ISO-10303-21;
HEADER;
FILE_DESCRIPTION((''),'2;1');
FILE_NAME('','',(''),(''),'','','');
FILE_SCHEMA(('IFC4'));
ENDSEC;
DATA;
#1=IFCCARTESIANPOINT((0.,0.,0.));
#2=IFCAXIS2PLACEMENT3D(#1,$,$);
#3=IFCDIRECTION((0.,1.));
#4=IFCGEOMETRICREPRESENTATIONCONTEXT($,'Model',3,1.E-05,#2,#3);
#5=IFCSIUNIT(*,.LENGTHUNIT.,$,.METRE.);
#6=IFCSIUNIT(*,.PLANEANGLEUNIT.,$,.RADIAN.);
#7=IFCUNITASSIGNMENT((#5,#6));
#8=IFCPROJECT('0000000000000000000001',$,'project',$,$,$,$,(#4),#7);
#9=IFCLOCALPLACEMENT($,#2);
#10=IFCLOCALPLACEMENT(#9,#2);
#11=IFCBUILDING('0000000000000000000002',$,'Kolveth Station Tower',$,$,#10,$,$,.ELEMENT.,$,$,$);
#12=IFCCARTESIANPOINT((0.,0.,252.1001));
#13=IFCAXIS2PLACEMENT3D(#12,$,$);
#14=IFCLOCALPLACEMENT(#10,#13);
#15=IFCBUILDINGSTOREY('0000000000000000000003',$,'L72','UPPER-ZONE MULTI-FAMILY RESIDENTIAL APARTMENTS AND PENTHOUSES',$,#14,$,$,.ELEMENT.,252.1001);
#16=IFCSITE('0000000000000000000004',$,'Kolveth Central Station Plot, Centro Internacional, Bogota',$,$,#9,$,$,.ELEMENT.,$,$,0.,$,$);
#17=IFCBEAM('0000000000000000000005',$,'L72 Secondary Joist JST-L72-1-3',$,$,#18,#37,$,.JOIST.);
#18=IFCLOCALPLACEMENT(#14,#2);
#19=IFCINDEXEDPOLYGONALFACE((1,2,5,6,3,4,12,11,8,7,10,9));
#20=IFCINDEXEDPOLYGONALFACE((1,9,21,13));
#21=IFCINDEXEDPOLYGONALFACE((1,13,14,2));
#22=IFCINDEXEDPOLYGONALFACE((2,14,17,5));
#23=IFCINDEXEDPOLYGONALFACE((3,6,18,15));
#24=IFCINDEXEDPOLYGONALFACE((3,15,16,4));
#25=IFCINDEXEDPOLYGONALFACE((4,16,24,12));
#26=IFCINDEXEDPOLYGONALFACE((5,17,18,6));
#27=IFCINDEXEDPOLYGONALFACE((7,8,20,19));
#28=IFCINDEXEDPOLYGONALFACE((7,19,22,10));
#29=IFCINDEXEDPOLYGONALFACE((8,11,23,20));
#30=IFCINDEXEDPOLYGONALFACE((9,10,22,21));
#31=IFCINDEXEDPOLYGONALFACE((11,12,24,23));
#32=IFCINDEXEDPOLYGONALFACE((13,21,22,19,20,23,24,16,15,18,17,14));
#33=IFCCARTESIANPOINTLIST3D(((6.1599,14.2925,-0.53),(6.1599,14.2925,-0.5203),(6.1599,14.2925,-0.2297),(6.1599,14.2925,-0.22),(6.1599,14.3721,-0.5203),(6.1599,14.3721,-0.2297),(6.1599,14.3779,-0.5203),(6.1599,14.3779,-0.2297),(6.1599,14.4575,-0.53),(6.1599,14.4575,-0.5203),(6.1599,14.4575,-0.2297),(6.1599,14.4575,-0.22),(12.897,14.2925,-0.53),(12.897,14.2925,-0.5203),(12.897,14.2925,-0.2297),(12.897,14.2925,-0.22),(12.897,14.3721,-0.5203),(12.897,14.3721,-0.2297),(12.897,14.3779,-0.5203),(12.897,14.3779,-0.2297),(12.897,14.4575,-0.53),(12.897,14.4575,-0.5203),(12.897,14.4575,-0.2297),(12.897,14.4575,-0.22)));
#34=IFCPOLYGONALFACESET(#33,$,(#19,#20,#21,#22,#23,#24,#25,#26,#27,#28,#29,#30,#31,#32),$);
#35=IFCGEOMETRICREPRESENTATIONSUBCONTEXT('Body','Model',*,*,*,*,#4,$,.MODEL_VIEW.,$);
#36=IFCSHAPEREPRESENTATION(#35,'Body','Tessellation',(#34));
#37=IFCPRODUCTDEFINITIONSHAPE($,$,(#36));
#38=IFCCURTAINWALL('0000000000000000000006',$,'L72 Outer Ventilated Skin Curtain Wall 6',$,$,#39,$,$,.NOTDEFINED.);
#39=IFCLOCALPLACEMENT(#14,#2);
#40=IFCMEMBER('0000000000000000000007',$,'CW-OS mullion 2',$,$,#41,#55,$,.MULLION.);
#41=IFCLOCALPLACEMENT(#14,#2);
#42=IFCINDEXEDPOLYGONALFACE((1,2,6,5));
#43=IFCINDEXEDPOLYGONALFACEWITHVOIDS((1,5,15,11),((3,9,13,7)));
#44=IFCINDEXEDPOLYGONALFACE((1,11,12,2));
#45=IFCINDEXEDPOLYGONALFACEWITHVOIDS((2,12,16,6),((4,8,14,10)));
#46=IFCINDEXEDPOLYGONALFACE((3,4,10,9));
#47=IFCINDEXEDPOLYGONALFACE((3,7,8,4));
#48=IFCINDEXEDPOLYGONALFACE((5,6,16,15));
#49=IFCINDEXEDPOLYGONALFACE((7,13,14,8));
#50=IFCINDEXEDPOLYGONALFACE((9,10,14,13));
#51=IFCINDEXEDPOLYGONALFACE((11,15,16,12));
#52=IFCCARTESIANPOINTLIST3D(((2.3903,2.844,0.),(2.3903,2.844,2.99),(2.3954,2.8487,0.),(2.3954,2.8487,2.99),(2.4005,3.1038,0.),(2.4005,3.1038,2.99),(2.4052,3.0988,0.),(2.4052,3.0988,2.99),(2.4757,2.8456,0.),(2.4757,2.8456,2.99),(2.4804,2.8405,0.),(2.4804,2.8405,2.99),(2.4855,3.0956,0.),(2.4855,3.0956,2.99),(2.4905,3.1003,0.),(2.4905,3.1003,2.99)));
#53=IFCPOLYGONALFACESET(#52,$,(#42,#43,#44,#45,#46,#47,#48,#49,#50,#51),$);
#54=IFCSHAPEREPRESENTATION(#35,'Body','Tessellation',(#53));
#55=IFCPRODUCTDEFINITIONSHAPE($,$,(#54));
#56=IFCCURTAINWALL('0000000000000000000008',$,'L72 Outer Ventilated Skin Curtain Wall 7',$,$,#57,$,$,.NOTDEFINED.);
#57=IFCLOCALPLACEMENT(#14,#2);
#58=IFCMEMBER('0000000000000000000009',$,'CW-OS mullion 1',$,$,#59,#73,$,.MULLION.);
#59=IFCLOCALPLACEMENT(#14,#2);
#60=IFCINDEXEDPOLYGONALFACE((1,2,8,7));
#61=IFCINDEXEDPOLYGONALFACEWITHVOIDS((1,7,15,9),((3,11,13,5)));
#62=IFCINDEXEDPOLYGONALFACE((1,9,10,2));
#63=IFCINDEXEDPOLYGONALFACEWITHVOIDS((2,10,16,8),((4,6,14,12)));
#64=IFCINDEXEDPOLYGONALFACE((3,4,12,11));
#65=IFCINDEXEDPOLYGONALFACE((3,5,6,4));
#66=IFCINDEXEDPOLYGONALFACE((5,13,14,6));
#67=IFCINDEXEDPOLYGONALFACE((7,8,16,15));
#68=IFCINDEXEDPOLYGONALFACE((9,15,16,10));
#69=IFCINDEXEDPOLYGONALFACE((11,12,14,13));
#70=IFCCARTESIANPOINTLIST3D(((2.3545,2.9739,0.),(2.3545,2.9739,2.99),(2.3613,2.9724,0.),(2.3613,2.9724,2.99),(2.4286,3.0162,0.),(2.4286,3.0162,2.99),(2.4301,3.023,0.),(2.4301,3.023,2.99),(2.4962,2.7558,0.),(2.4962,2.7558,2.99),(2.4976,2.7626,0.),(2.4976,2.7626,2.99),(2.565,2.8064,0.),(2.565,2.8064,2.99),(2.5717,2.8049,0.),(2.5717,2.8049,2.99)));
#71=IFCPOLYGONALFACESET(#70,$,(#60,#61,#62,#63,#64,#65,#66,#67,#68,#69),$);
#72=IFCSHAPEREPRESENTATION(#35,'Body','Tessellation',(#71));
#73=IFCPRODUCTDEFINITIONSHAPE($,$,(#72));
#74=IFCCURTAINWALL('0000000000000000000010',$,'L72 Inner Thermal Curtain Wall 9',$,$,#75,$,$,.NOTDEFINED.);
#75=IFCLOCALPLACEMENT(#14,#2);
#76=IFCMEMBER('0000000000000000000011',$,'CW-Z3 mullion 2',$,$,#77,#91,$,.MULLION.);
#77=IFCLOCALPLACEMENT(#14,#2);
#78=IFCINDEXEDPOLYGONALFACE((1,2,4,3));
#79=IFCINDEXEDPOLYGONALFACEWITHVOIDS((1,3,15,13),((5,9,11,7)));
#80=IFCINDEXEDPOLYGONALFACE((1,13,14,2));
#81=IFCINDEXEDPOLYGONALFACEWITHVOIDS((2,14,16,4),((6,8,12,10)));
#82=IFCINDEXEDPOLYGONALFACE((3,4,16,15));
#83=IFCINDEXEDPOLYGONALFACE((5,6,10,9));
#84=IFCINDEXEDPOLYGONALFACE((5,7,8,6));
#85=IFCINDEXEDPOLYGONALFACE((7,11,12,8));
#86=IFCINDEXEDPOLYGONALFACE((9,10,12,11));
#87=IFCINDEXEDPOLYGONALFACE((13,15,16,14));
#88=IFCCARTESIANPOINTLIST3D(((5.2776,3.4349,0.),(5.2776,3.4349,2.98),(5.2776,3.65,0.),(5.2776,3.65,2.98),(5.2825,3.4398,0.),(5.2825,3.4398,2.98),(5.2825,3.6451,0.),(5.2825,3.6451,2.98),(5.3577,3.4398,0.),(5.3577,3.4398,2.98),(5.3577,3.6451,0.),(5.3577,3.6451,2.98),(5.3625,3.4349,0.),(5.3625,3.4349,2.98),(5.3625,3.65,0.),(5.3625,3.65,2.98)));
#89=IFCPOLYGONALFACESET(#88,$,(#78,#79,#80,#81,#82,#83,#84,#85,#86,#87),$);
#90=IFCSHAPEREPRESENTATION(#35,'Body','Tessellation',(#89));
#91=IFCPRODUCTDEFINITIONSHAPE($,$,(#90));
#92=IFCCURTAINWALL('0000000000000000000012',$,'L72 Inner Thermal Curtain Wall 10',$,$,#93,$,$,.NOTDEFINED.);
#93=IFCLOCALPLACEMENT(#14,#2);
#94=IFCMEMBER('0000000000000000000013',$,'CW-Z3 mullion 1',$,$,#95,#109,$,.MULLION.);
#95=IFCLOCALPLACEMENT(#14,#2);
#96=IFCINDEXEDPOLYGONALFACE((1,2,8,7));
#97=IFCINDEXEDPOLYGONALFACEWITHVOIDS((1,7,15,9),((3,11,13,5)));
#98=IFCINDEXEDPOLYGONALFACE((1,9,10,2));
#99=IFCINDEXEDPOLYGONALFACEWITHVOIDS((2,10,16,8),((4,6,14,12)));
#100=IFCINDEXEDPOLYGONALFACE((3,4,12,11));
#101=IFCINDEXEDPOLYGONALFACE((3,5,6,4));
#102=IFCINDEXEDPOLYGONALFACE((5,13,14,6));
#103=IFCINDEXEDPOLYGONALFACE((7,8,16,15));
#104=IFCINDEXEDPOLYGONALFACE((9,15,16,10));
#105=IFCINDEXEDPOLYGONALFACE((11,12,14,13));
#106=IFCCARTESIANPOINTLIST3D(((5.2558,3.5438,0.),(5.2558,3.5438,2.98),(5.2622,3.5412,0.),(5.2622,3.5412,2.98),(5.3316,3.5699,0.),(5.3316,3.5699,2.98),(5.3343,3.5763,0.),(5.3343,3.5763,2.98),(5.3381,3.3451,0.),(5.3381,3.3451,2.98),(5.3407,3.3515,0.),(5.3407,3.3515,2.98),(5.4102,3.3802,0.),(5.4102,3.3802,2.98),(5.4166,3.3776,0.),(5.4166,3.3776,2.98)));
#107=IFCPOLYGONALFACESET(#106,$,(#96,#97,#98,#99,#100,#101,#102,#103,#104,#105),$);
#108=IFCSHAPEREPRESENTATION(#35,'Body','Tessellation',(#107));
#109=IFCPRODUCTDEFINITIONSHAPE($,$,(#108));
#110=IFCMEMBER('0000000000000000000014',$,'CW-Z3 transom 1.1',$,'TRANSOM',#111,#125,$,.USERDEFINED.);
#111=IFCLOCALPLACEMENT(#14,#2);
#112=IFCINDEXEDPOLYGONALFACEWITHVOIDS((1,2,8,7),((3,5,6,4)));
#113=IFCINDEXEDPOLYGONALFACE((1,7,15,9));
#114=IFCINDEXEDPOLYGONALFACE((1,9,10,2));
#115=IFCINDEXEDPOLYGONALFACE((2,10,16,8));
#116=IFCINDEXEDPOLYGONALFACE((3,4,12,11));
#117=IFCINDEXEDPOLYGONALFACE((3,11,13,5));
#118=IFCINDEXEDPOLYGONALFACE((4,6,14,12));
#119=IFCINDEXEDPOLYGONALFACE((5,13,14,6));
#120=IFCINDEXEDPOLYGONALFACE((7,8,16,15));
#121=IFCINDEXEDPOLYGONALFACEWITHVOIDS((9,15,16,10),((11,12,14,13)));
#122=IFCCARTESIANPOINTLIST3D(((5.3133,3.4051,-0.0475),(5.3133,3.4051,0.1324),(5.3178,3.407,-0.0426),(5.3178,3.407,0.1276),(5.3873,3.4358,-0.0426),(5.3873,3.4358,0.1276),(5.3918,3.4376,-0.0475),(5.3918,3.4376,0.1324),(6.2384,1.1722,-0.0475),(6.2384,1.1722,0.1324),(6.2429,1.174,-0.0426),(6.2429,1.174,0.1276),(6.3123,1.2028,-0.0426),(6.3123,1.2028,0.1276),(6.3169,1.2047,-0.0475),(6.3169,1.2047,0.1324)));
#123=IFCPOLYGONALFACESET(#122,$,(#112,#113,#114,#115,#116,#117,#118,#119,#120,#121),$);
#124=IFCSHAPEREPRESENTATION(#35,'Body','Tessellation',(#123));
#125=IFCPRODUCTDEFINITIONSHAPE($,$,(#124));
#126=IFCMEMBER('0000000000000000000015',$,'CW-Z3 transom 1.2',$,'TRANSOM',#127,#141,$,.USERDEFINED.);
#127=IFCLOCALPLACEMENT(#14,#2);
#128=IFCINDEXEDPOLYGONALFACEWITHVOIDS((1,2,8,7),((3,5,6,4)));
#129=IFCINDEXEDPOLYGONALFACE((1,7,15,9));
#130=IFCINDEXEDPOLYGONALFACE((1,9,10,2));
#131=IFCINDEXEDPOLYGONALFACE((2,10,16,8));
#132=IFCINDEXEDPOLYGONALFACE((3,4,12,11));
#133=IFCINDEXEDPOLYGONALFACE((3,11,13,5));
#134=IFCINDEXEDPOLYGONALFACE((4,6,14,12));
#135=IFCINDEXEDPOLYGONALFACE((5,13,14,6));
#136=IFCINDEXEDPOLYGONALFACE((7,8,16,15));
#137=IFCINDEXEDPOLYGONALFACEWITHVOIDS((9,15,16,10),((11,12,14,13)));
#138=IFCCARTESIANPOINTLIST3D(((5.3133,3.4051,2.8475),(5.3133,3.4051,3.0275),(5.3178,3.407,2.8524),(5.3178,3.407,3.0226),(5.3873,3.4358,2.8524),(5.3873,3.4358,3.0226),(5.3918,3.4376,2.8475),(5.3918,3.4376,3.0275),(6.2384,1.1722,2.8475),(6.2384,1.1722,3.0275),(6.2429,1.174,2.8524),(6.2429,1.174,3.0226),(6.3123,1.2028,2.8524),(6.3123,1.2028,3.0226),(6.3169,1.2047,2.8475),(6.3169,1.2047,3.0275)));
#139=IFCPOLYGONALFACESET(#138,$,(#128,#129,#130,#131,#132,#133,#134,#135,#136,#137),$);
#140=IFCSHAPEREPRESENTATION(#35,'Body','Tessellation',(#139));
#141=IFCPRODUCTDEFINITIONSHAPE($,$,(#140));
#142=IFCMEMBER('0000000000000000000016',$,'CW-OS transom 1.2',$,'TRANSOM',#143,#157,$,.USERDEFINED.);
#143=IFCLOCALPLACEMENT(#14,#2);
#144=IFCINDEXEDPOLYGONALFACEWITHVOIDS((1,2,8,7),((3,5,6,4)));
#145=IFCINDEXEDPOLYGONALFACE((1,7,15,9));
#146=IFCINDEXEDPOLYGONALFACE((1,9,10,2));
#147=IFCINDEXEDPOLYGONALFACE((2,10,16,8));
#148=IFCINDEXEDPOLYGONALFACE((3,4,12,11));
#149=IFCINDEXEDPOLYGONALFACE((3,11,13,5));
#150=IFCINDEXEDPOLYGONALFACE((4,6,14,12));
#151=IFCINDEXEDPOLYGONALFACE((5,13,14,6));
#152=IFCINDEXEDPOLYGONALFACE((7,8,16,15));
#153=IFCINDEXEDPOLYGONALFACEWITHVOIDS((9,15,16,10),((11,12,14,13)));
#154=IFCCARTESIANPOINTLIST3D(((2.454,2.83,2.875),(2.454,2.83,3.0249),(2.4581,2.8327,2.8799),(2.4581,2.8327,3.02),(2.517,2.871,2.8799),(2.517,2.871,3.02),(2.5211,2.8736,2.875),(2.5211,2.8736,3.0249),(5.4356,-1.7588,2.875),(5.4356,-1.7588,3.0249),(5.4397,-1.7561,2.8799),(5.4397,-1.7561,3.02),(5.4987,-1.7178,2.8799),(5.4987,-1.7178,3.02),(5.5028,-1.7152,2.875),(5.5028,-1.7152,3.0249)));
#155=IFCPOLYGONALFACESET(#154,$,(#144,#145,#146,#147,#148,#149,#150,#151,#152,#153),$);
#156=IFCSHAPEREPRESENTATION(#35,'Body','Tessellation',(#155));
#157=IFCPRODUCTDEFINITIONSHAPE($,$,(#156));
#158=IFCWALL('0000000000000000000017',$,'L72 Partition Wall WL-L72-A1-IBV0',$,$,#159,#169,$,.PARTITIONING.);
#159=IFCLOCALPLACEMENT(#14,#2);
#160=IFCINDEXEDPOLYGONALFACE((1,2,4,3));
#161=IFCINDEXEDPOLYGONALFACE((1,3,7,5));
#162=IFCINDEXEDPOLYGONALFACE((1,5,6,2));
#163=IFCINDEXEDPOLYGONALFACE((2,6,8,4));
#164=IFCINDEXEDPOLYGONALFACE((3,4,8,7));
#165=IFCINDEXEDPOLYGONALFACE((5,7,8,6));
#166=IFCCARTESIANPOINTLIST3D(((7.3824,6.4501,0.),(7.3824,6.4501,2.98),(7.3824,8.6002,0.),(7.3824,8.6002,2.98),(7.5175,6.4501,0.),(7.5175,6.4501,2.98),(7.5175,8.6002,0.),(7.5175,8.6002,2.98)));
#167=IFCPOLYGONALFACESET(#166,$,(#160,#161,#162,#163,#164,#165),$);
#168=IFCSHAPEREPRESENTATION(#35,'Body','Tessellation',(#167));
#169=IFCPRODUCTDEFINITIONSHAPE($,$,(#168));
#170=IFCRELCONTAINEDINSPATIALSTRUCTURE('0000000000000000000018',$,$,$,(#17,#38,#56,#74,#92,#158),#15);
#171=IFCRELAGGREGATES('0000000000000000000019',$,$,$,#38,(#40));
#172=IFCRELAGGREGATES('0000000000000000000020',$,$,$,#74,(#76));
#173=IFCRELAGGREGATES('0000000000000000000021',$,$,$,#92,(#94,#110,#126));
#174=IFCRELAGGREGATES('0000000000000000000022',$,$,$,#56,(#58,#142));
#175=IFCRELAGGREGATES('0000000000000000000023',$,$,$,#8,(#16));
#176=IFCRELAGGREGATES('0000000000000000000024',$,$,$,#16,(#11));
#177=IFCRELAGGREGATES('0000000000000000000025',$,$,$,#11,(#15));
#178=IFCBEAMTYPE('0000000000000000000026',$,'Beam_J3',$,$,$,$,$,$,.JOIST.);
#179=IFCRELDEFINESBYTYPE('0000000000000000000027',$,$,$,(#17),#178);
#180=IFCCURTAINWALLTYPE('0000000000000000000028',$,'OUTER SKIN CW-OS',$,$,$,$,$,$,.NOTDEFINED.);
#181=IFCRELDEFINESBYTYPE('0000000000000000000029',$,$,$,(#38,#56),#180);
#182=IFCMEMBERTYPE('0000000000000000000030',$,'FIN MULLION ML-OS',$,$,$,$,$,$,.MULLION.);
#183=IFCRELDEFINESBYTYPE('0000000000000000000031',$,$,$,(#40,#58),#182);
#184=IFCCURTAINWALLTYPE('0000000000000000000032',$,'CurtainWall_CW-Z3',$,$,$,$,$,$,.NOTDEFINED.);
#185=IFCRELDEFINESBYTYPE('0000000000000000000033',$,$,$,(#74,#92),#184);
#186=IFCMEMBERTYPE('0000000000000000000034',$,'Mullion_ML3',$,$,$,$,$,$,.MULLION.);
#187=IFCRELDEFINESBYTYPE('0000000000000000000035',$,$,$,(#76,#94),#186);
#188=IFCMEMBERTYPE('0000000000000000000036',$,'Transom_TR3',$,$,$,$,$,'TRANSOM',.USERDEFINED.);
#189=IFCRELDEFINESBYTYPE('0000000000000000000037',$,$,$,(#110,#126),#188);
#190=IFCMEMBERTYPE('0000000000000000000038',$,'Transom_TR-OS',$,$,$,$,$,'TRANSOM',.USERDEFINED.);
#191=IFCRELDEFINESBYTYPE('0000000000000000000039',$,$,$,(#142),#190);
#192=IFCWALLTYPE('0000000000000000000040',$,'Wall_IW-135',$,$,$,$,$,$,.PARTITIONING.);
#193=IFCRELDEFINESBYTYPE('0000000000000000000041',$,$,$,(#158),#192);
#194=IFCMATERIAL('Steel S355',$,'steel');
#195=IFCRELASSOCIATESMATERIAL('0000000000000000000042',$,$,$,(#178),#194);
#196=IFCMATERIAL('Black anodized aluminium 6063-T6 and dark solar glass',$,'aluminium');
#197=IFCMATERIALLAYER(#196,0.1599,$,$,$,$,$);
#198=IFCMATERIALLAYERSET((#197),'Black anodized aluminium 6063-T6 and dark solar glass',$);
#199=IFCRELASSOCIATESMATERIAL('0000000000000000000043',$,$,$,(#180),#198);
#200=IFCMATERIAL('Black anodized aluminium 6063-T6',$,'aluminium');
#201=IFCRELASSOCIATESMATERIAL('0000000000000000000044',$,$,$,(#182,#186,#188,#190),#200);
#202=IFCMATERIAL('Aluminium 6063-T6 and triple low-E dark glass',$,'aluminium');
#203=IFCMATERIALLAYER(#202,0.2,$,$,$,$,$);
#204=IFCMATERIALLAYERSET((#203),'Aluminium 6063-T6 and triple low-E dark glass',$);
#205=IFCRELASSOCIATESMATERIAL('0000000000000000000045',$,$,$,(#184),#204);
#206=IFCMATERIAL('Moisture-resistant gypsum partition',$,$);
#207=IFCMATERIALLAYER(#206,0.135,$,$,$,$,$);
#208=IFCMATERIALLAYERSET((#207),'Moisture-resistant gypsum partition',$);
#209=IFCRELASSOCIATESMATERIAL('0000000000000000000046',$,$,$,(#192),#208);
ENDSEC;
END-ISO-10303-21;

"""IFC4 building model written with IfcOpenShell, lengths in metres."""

from ifc_helpers import new_model, si_unit, direction, frame, frame_2d, origin, origin_2d, place, context, subcontext, project, spatial, rectangle, hollow_rectangle, i_section, extrude, source, transform, mapped, material, layer, layer_set, material_profile, profile_set, type_object, element, aggregate, save


model = new_model("IFC4")

# Units and contexts
model_context = context("Model", 3, precision=1e-05, world=origin(), true_north=direction((0.0, 1.0)))
body_context = subcontext(model_context, "Body", "Model", "MODEL_VIEW")
ifc_project = project(units=[si_unit("LENGTHUNIT", "METRE"), si_unit("PLANEANGLEUNIT", "RADIAN")], contexts=[model_context])

# Site, building, storey
site_placement = place(None, origin())
site = spatial("IfcSite", under=ifc_project, at=site_placement, Name="Kolveth Central Station Plot, Centro Internacional, Bogota", CompositionType="ELEMENT", RefElevation=0.0)
building_placement = place(site_placement, origin())
building = spatial("IfcBuilding", under=site, at=building_placement, Name="Kolveth Station Tower", CompositionType="ELEMENT")
storey_placement = place(building_placement, frame((0.0, 0.0, 252.1001)))
storey = spatial("IfcBuildingStorey", under=building, at=storey_placement, Name="L72", Description="UPPER-ZONE MULTI-FAMILY RESIDENTIAL APARTMENTS AND PENTHOUSES", CompositionType="ELEMENT", Elevation=252.1001)

# Shared definitions
ifc_material_1 = material(Name="Steel S355", Category="steel")

# Beam
ifc_material_profile_1 = material_profile(ifc_material_1, i_section(OverallWidth=0.165, OverallDepth=0.3101, WebThickness=0.0059, FlangeThickness=0.0098, at=origin_2d()), Name="W310x39")
ifc_profile_set_1 = profile_set([ifc_material_profile_1], Name="Steel S355")
beam_type_1 = type_object("IfcBeamType", Name="Beam_J3", PredefinedType="JOIST", material=ifc_profile_set_1)
shared_shape_1 = source(origin(), body_context, "Body", "SweptSolid", [
    extrude(i_section(OverallWidth=0.165, OverallDepth=0.3101, WebThickness=0.0059, FlangeThickness=0.0098, at=origin_2d()), origin(), (0.0, 0.0, 1.0), 6.7371),
])
for number, where, z_axis, x_axis, name in (
    (1, (6.1599, 14.375, -0.375), (1.0, 0.0, 0.0), (0.0, 1.0, 0.0), "L72 Secondary Joist JST-L72-1-3"),
):
    element("IfcBeam", number, at=place(storey_placement, frame(where, z_axis=z_axis, x_axis=x_axis)), inside=storey, type_object=beam_type_1, Name=name, PredefinedType="JOIST", context=body_context, shape_type="MappedRepresentation", body=[
        mapped(shared_shape_1, transform((0.0, 0.0, 0.0), x_axis=(1.0, 0.0, 0.0), y_axis=(0.0, 1.0, 0.0), z_axis=(0.0, 0.0, 1.0), scale=1.0)),
    ])

# Curtain walls, members
ifc_material_2 = material(Name="Black anodized aluminium 6063-T6 and dark solar glass", Category="aluminium")
ifc_layer_1 = layer(ifc_material_2, 0.1599)
ifc_layer_set_1 = layer_set([ifc_layer_1], Name="Black anodized aluminium 6063-T6 and dark solar glass")
curtain_wall_type_1 = type_object("IfcCurtainWallType", Name="OUTER SKIN CW-OS", PredefinedType="NOTDEFINED", material=ifc_layer_set_1)
curtain_wall_1_placement = place(storey_placement, origin())
curtain_wall_1 = element("IfcCurtainWall", 2, at=curtain_wall_1_placement, inside=storey, type_object=curtain_wall_type_1, Name="L72 Outer Ventilated Skin Curtain Wall 6", PredefinedType="NOTDEFINED")
ifc_material_3 = material(Name="Black anodized aluminium 6063-T6", Category="aluminium")
ifc_material_profile_2 = material_profile(ifc_material_3, hollow_rectangle(XDim=0.0901, YDim=0.26, WallThickness=0.0049, at=origin_2d()), Name="ALU-90x260x5")
ifc_profile_set_2 = profile_set([ifc_material_profile_2], Name="Black anodized aluminium 6063-T6")
member_type_1 = type_object("IfcMemberType", Name="FIN MULLION ML-OS", PredefinedType="MULLION", material=ifc_profile_set_2)
shared_shape_2 = source(origin(), body_context, "Body", "SweptSolid", [
    extrude(hollow_rectangle(XDim=0.0901, YDim=0.26, WallThickness=0.0049, at=origin_2d()), origin(), (0.0, 0.0, 1.0), 2.99),
])
member_1_placement = place(storey_placement, frame((2.4404, 2.9722, 0.0), z_axis=(0.0, 0.0, 1.0), x_axis=(0.999234, -0.039145, 0.0)))
member_1 = element("IfcMember", 3, at=member_1_placement, type_object=member_type_1, Name="CW-OS mullion 2", PredefinedType="MULLION", context=body_context, shape_type="MappedRepresentation", body=[
    mapped(shared_shape_2, transform((0.0, 0.0, 0.0), x_axis=(1.0, 0.0, 0.0), y_axis=(0.0, 1.0, 0.0), z_axis=(0.0, 0.0, 1.0), scale=1.0)),
])
aggregate(curtain_wall_1, [member_1])
curtain_wall_2_placement = place(storey_placement, origin())
curtain_wall_2 = element("IfcCurtainWall", 4, at=curtain_wall_2_placement, inside=storey, type_object=curtain_wall_type_1, Name="L72 Outer Ventilated Skin Curtain Wall 7", PredefinedType="NOTDEFINED")
member_2_placement = place(storey_placement, frame((2.4631, 2.8894, 0.0), z_axis=(0.0, 0.0, 1.0), x_axis=(0.838533, 0.544851, 0.0)))
member_2 = element("IfcMember", 5, at=member_2_placement, type_object=member_type_1, Name="CW-OS mullion 1", PredefinedType="MULLION", context=body_context, shape_type="MappedRepresentation", body=[
    mapped(shared_shape_2, transform((0.0, 0.0, 0.0), x_axis=(1.0, 0.0, 0.0), y_axis=(0.0, 1.0, 0.0), z_axis=(0.0, 0.0, 1.0), scale=1.0)),
])
ifc_material_4 = material(Name="Aluminium 6063-T6 and triple low-E dark glass", Category="aluminium")
ifc_layer_2 = layer(ifc_material_4, 0.2)
ifc_layer_set_2 = layer_set([ifc_layer_2], Name="Aluminium 6063-T6 and triple low-E dark glass")
curtain_wall_type_2 = type_object("IfcCurtainWallType", Name="CurtainWall_CW-Z3", PredefinedType="NOTDEFINED", material=ifc_layer_set_2)
curtain_wall_3_placement = place(storey_placement, origin())
curtain_wall_3 = element("IfcCurtainWall", 6, at=curtain_wall_3_placement, inside=storey, type_object=curtain_wall_type_2, Name="L72 Inner Thermal Curtain Wall 9", PredefinedType="NOTDEFINED")
ifc_material_profile_3 = material_profile(ifc_material_3, hollow_rectangle(XDim=0.085, YDim=0.2151, WallThickness=0.0049, at=origin_2d()), Name="ALU-85x215x5")
ifc_profile_set_3 = profile_set([ifc_material_profile_3], Name="Black anodized aluminium 6063-T6")
member_type_2 = type_object("IfcMemberType", Name="Mullion_ML3", PredefinedType="MULLION", material=ifc_profile_set_3)
shared_shape_3 = source(origin(), body_context, "Body", "SweptSolid", [
    extrude(hollow_rectangle(XDim=0.085, YDim=0.2151, WallThickness=0.0049, at=origin_2d()), origin(), (0.0, 0.0, 1.0), 2.98),
])
member_3_placement = place(storey_placement, frame((5.3201, 3.5425, 0.0), z_axis=(0.0, 0.0, 1.0), x_axis=(1.0, 0.0, 0.0)))
member_3 = element("IfcMember", 7, at=member_3_placement, type_object=member_type_2, Name="CW-Z3 mullion 2", PredefinedType="MULLION", context=body_context, shape_type="MappedRepresentation", body=[
    mapped(shared_shape_3, transform((0.0, 0.0, 0.0), x_axis=(1.0, 0.0, 0.0), y_axis=(0.0, 1.0, 0.0), z_axis=(0.0, 0.0, 1.0), scale=1.0)),
])
aggregate(curtain_wall_3, [member_3])

# Curtain wall, members
curtain_wall_4_placement = place(storey_placement, origin())
curtain_wall_4 = element("IfcCurtainWall", 8, at=curtain_wall_4_placement, inside=storey, type_object=curtain_wall_type_2, Name="L72 Inner Thermal Curtain Wall 10", PredefinedType="NOTDEFINED")
member_4_placement = place(storey_placement, frame((5.3362, 3.4607, 0.0), z_axis=(0.0, 0.0, 1.0), x_axis=(0.923875, 0.382693, 0.0)))
member_4 = element("IfcMember", 9, at=member_4_placement, type_object=member_type_2, Name="CW-Z3 mullion 1", PredefinedType="MULLION", context=body_context, shape_type="MappedRepresentation", body=[
    mapped(shared_shape_3, transform((0.0, 0.0, 0.0), x_axis=(1.0, 0.0, 0.0), y_axis=(0.0, 1.0, 0.0), z_axis=(0.0, 0.0, 1.0), scale=1.0)),
])
ifc_material_profile_4 = material_profile(ifc_material_3, hollow_rectangle(XDim=0.085, YDim=0.1799, WallThickness=0.0049, at=origin_2d()), Name="ALU-85x180x5")
ifc_profile_set_4 = profile_set([ifc_material_profile_4], Name="Black anodized aluminium 6063-T6")
member_type_3 = type_object("IfcMemberType", Name="Transom_TR3", ElementType="TRANSOM", PredefinedType="USERDEFINED", material=ifc_profile_set_4)
shared_shape_4 = source(origin(), body_context, "Body", "SweptSolid", [
    extrude(hollow_rectangle(XDim=0.085, YDim=0.1799, WallThickness=0.0049, at=origin_2d()), origin(), (0.0, 0.0, 1.0), 2.417),
])
member_5_placement = place(storey_placement, frame((5.3525, 3.4214, 0.0425), z_axis=(0.382735, -0.923858, 0.0), x_axis=(0.923858, 0.382735, 0.0)))
member_5 = element("IfcMember", 10, at=member_5_placement, type_object=member_type_3, Name="CW-Z3 transom 1.1", ObjectType="TRANSOM", PredefinedType="USERDEFINED", context=body_context, shape_type="MappedRepresentation", body=[
    mapped(shared_shape_4, transform((0.0, 0.0, 0.0), x_axis=(1.0, 0.0, 0.0), y_axis=(0.0, 1.0, 0.0), z_axis=(0.0, 0.0, 1.0), scale=1.0)),
])
member_6_placement = place(storey_placement, frame((5.3525, 3.4214, 2.9375), z_axis=(0.382735, -0.923858, 0.0), x_axis=(0.923858, 0.382735, 0.0)))
member_6 = element("IfcMember", 11, at=member_6_placement, type_object=member_type_3, Name="CW-Z3 transom 1.2", ObjectType="TRANSOM", PredefinedType="USERDEFINED", context=body_context, shape_type="MappedRepresentation", body=[
    mapped(shared_shape_4, transform((0.0, 0.0, 0.0), x_axis=(1.0, 0.0, 0.0), y_axis=(0.0, 1.0, 0.0), z_axis=(0.0, 0.0, 1.0), scale=1.0)),
])
aggregate(curtain_wall_4, [member_4, member_5, member_6])

# Member
ifc_material_profile_5 = material_profile(ifc_material_3, hollow_rectangle(XDim=0.0801, YDim=0.1499, WallThickness=0.0049, at=origin_2d()), Name="ALU-80x150x5")
ifc_profile_set_5 = profile_set([ifc_material_profile_5], Name="Black anodized aluminium 6063-T6")
member_type_4 = type_object("IfcMemberType", Name="Transom_TR-OS", ElementType="TRANSOM", PredefinedType="USERDEFINED", material=ifc_profile_set_5)
shared_shape_5 = source(origin(), body_context, "Body", "SweptSolid", [
    extrude(hollow_rectangle(XDim=0.0801, YDim=0.1499, WallThickness=0.0049, at=origin_2d()), origin(), (0.0, 0.0, 1.0), 5.4724),
])
member_7_placement = place(storey_placement, frame((2.4875, 2.8518, 2.95), z_axis=(0.54485, -0.838533, 0.0), x_axis=(0.838533, 0.54485, 0.0)))
member_7 = element("IfcMember", 12, at=member_7_placement, type_object=member_type_4, Name="CW-OS transom 1.2", ObjectType="TRANSOM", PredefinedType="USERDEFINED", context=body_context, shape_type="MappedRepresentation", body=[
    mapped(shared_shape_5, transform((0.0, 0.0, 0.0), x_axis=(1.0, 0.0, 0.0), y_axis=(0.0, 1.0, 0.0), z_axis=(0.0, 0.0, 1.0), scale=1.0)),
])
aggregate(curtain_wall_2, [member_2, member_7])

# Shared definitions
ifc_material_5 = material(Name="Moisture-resistant gypsum partition")
ifc_layer_3 = layer(ifc_material_5, 0.135)
ifc_layer_set_3 = layer_set([ifc_layer_3], Name="Moisture-resistant gypsum partition")
wall_type_1 = type_object("IfcWallType", Name="Wall_IW-135", PredefinedType="PARTITIONING", material=ifc_layer_set_3)

# Wall
wall_1_placement = place(storey_placement, frame((7.45, 6.45, 0.0), z_axis=(0.0, 0.0, 1.0), x_axis=(0.0, 1.0, 0.0)))
element("IfcWall", 13, at=wall_1_placement, inside=storey, type_object=wall_type_1, Name="L72 Partition Wall WL-L72-A1-IBV0", PredefinedType="PARTITIONING", context=body_context, shape_type="SweptSolid", body=[
    extrude(rectangle(XDim=2.1501, YDim=0.135, at=frame_2d((1.0752, 0.0))), origin(), (0.0, 0.0, 1.0), 2.98),
])

save(model, "model.ifc")
